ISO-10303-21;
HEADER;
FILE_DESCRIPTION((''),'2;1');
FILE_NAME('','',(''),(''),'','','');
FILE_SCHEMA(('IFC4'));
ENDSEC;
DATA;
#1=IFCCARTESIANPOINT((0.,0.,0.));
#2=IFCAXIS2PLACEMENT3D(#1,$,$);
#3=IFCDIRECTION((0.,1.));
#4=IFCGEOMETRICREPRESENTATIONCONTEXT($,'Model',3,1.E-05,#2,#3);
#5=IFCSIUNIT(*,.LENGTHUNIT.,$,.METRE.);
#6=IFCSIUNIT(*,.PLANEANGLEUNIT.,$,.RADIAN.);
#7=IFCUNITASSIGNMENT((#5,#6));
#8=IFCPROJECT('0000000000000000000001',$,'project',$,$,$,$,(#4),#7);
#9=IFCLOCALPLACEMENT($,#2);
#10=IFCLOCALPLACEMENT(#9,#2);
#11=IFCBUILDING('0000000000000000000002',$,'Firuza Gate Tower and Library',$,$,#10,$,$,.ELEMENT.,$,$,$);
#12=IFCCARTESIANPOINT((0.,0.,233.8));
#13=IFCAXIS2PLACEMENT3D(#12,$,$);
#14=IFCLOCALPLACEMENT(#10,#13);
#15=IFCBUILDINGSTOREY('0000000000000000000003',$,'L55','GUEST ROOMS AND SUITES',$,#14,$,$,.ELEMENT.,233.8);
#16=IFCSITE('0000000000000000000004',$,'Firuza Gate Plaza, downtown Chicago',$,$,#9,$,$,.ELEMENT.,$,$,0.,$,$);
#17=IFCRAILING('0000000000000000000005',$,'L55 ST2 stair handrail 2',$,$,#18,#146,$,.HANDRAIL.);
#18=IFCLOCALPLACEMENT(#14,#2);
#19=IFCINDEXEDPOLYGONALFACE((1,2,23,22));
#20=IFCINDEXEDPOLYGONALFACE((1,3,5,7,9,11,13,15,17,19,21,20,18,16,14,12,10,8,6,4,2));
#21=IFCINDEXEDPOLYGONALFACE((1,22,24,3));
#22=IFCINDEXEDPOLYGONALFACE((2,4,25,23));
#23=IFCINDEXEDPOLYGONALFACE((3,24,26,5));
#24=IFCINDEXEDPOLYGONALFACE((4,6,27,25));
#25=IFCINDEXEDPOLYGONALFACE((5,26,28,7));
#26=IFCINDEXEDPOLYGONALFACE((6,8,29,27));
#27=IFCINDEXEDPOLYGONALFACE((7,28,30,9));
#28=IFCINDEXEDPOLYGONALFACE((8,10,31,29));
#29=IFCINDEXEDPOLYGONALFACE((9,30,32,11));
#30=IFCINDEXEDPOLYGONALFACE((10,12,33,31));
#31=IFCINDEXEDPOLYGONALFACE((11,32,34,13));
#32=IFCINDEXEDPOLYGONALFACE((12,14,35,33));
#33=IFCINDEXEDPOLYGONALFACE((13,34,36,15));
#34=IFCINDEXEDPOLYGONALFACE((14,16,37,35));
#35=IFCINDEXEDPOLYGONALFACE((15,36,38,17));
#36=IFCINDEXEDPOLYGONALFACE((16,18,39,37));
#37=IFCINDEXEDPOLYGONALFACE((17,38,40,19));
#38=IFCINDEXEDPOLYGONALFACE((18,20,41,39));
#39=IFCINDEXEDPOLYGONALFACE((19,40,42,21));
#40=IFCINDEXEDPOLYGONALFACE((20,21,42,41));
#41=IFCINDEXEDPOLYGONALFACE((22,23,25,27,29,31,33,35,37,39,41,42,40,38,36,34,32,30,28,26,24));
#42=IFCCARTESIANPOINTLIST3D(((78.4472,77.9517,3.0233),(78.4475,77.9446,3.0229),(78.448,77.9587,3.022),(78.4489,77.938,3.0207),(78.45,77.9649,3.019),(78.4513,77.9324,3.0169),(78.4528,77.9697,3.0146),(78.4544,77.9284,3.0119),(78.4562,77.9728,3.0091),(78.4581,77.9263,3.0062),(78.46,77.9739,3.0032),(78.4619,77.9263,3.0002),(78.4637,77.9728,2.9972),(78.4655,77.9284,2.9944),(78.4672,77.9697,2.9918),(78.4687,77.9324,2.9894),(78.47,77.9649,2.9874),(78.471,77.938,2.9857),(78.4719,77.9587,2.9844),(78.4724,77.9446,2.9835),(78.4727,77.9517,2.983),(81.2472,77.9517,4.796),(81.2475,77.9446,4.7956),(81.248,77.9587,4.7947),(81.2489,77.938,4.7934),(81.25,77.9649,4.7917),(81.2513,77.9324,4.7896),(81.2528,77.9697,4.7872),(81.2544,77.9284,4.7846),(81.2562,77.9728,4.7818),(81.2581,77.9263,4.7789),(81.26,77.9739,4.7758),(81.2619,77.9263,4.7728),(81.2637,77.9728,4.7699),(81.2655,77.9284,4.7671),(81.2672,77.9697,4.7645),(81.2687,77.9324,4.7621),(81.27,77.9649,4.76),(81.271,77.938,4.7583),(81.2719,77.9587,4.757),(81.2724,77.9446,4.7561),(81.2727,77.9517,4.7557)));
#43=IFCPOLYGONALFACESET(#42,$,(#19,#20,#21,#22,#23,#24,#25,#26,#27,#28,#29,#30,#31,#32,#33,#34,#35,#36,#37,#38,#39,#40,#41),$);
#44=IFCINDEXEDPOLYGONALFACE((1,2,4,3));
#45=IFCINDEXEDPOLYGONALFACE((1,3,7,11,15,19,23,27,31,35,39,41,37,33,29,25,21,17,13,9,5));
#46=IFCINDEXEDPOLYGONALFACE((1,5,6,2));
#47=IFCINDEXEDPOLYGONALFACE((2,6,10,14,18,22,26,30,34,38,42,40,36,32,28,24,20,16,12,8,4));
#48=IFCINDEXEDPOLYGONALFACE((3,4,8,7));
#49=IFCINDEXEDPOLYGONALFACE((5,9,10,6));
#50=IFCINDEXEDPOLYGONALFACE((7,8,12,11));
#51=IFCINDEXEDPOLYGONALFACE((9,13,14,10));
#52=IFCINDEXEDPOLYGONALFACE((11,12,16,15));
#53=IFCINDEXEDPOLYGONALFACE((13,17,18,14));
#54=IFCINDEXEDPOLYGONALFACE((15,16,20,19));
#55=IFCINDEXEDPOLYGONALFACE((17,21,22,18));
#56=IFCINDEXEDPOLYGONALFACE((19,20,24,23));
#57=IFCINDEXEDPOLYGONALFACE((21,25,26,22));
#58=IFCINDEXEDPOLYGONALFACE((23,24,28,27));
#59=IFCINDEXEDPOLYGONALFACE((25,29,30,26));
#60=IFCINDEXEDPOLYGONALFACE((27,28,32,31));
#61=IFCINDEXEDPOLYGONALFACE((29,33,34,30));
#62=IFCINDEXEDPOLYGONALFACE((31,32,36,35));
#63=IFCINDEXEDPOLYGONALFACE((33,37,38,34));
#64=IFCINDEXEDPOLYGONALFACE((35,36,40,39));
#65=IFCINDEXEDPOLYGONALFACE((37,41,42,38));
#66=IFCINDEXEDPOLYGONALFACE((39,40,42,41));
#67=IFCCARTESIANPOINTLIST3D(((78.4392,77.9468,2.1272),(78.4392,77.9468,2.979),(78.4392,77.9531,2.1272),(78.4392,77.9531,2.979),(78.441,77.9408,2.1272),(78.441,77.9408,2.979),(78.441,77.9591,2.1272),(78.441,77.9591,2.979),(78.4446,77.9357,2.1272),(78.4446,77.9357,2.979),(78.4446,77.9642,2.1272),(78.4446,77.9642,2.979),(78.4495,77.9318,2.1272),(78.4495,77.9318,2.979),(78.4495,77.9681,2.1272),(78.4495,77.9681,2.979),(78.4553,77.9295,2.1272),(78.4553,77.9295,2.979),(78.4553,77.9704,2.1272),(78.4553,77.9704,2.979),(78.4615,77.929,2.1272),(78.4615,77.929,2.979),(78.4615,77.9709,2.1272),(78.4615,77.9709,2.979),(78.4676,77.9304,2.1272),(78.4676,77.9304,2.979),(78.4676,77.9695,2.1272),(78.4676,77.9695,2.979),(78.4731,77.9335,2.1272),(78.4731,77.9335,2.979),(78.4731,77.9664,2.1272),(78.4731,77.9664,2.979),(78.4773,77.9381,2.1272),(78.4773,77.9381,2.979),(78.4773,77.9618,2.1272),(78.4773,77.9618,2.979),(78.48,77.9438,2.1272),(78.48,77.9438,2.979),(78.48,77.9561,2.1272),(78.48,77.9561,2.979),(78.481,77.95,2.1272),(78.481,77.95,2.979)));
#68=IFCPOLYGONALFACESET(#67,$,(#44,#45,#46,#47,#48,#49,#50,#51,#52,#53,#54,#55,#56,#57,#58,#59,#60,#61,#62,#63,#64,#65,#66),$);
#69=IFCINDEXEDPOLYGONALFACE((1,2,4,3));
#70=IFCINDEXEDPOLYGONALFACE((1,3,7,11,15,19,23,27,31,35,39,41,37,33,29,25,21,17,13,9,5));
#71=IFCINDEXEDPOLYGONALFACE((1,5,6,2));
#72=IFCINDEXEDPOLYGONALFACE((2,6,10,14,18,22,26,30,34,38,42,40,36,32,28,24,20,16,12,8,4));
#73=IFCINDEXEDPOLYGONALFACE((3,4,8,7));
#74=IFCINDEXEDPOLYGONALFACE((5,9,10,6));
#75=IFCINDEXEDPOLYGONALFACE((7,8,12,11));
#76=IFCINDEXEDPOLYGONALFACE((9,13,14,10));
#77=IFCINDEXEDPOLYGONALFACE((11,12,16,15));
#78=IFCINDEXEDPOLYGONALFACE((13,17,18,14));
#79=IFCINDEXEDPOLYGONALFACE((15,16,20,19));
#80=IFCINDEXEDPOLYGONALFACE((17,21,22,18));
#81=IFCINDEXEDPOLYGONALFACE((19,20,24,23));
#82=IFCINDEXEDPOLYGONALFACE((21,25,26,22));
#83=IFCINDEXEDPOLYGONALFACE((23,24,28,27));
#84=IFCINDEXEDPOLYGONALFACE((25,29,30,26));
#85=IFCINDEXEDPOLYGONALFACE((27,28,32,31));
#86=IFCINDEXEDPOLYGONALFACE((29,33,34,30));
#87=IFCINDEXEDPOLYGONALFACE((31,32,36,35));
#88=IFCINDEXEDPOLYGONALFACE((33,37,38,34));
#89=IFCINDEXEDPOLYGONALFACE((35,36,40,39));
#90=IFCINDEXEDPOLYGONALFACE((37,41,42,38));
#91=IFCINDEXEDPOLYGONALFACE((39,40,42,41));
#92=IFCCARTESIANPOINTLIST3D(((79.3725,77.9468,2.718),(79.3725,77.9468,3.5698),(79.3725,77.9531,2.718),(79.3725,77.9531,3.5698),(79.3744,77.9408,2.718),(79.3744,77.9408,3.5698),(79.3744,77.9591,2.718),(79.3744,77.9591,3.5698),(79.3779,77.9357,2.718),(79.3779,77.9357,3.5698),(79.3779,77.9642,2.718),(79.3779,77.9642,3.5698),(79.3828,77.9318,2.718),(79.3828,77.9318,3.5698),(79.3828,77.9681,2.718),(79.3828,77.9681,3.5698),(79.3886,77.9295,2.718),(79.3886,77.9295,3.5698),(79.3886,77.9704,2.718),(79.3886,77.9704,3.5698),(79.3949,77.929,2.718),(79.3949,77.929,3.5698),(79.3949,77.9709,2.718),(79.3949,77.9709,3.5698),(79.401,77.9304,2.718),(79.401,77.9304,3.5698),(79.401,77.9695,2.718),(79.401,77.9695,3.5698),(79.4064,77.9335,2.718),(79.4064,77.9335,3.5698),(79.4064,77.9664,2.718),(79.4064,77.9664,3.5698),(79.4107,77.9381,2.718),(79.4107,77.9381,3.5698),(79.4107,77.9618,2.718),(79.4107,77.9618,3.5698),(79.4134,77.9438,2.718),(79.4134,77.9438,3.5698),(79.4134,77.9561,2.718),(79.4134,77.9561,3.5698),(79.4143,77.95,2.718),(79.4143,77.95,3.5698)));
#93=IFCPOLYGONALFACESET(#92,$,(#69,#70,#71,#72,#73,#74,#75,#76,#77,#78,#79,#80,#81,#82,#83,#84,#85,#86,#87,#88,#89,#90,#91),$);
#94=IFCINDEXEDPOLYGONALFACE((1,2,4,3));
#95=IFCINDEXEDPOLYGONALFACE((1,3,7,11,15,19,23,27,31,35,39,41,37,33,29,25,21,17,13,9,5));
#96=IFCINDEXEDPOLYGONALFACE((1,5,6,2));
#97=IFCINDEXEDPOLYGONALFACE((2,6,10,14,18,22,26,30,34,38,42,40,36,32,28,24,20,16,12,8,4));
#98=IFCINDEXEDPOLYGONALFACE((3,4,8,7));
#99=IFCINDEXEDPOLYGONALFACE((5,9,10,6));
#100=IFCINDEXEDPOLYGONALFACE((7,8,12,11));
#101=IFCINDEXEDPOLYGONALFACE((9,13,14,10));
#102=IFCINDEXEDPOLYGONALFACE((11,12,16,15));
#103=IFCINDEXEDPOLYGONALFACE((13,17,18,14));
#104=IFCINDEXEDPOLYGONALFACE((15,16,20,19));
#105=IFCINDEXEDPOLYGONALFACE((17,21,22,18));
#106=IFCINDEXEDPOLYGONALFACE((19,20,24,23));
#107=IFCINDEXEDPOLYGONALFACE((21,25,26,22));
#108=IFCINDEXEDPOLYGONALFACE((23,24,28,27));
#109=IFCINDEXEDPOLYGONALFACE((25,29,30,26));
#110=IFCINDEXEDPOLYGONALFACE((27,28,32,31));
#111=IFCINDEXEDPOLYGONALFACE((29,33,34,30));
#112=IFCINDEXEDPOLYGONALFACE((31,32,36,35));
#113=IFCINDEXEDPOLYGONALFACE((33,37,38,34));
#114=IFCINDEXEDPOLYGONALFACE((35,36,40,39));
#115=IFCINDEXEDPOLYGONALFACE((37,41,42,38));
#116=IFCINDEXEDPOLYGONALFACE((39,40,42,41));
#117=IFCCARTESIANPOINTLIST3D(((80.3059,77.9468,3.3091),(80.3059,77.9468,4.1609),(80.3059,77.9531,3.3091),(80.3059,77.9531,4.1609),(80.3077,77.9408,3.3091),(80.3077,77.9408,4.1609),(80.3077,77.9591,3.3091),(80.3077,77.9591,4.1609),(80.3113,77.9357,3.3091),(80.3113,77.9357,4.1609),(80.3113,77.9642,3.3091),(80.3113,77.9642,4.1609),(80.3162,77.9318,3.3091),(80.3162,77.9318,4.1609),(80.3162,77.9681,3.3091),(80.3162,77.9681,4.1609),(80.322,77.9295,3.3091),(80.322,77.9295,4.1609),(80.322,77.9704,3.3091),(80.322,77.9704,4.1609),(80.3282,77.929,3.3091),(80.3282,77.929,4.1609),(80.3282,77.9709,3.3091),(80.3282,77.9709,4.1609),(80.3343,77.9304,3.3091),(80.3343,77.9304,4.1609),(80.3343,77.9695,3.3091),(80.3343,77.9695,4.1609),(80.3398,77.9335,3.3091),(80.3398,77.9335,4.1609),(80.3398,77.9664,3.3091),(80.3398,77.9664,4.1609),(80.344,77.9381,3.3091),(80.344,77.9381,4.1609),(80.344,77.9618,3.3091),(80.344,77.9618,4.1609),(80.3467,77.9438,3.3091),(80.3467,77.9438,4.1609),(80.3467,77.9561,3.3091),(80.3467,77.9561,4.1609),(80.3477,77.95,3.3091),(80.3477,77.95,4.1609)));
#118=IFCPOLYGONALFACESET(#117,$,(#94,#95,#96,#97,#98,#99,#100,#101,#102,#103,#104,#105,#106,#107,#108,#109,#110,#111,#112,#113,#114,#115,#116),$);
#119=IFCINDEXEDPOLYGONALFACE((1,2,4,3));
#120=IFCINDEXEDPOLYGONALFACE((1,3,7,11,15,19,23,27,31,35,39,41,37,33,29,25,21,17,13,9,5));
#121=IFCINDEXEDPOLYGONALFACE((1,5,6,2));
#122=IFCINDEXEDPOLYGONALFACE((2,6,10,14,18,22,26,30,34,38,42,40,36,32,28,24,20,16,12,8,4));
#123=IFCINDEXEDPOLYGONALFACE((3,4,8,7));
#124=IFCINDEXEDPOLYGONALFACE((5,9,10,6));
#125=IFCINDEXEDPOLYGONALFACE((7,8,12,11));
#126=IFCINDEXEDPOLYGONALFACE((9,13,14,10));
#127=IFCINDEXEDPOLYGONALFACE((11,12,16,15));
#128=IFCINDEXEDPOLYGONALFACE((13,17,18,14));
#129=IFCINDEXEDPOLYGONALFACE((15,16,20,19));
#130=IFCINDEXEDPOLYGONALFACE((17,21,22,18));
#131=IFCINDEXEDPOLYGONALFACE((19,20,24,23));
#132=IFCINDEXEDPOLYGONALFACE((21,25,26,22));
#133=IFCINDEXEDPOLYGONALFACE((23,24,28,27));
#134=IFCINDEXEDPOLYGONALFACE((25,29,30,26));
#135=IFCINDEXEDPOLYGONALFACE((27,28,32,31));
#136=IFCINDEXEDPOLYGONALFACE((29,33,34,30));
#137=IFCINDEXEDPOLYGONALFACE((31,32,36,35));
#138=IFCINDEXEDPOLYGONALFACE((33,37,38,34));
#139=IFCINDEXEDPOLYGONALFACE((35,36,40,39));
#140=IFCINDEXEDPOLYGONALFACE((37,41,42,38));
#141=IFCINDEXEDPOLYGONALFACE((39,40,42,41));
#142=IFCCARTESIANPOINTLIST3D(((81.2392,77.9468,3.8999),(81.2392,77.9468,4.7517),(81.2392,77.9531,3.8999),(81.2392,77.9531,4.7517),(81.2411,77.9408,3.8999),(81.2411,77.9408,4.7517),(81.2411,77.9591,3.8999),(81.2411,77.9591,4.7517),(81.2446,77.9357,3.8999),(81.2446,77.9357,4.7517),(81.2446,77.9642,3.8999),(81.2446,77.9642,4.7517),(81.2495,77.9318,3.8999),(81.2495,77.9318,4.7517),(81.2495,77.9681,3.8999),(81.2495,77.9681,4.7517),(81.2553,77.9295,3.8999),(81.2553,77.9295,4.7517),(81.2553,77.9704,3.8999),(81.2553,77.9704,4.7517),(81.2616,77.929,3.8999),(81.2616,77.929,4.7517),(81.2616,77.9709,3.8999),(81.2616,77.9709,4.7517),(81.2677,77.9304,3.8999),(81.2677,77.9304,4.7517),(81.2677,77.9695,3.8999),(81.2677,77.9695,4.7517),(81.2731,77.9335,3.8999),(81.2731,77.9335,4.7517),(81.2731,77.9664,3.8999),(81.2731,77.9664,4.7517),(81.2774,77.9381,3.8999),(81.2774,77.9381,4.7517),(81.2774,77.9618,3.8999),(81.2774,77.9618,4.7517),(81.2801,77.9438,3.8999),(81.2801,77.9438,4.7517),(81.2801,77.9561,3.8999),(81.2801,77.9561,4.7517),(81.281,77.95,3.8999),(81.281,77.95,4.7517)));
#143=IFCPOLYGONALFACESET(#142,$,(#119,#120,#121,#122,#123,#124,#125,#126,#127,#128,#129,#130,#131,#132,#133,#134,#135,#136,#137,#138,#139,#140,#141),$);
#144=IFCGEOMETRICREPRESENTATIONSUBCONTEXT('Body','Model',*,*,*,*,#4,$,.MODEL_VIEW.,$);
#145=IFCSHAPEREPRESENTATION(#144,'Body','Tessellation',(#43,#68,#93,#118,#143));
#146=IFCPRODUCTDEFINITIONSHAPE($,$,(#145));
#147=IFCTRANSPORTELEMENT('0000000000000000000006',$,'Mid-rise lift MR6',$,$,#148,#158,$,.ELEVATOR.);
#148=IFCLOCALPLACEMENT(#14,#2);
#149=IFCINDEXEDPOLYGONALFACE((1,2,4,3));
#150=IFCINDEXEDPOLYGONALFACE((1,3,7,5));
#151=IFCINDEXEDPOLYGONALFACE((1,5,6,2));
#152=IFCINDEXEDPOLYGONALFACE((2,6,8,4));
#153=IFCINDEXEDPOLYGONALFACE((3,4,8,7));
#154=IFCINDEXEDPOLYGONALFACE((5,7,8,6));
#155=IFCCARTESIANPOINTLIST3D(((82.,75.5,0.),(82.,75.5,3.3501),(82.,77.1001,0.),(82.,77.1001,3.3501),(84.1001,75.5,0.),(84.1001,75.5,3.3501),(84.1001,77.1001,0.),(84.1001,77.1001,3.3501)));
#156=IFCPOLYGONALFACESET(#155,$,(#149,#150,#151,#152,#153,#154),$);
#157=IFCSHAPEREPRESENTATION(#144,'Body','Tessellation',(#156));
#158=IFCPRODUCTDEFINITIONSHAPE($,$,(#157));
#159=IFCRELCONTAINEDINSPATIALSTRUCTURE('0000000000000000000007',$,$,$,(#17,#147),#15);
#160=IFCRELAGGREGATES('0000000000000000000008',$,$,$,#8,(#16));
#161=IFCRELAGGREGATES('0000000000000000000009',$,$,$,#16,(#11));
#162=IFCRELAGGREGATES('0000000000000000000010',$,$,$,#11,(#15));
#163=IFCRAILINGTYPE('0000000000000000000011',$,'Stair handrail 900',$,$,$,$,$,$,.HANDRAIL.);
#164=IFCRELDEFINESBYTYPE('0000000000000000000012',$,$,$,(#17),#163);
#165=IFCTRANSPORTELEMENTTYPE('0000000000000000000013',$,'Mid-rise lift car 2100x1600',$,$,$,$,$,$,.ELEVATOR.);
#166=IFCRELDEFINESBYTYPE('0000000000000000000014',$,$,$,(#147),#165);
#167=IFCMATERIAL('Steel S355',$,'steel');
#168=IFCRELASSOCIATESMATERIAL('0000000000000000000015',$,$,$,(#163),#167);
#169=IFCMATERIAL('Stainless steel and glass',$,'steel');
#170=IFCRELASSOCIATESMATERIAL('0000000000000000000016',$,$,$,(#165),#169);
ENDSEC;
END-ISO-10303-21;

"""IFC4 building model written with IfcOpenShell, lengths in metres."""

from ifc_helpers import new_model, si_unit, direction, frame, origin, origin_2d, place, context, subcontext, project, spatial, rectangle, circle, extrude, material, type_object, element, save


model = new_model("IFC4")

# Units and contexts
model_context = context("Model", 3, precision=1e-05, world=origin(), true_north=direction((0.0, 1.0)))
body_context = subcontext(model_context, "Body", "Model", "MODEL_VIEW")
ifc_project = project(units=[si_unit("LENGTHUNIT", "METRE"), si_unit("PLANEANGLEUNIT", "RADIAN")], contexts=[model_context])

# Site, building, storey
site_placement = place(None, origin())
site = spatial("IfcSite", under=ifc_project, at=site_placement, Name="Firuza Gate Plaza, downtown Chicago", CompositionType="ELEMENT", RefElevation=0.0)
building_placement = place(site_placement, origin())
building = spatial("IfcBuilding", under=site, at=building_placement, Name="Firuza Gate Tower and Library", CompositionType="ELEMENT")
storey_placement = place(building_placement, frame((0.0, 0.0, 233.8)))
storey = spatial("IfcBuildingStorey", under=building, at=storey_placement, Name="L55", Description="GUEST ROOMS AND SUITES", CompositionType="ELEMENT", Elevation=233.8)

# Railing
ifc_material_1 = material(Name="Steel S355", Category="steel")
railing_type_1 = type_object("IfcRailingType", Name="Stair handrail 900", PredefinedType="HANDRAIL", material=ifc_material_1)
railing_1_placement = place(storey_placement, frame((78.46, 77.95, 2.1272)))
element("IfcRailing", 1, at=railing_1_placement, inside=storey, type_object=railing_type_1, Name="L55 ST2 stair handrail 2", PredefinedType="HANDRAIL", context=body_context, shape_type="SweptSolid", body=[
    extrude(circle(Radius=0.0239, at=origin_2d()), frame((0.0, 0.0, 0.876), z_axis=(0.844909, 0.0, 0.53491), x_axis=(0.0, 1.0, 0.0)), (0.0, 0.0, 1.0), 3.314),
    extrude(circle(Radius=0.021, at=origin_2d()), origin(), (0.0, 0.0, 1.0), 0.8518),
    extrude(circle(Radius=0.021, at=origin_2d()), frame((0.9333, 0.0, 0.5908)), (0.0, 0.0, 1.0), 0.8518),
    extrude(circle(Radius=0.021, at=origin_2d()), frame((1.8667, 0.0, 1.1819)), (0.0, 0.0, 1.0), 0.8518),
    extrude(circle(Radius=0.021, at=origin_2d()), frame((2.8, 0.0, 1.7727)), (0.0, 0.0, 1.0), 0.8518),
])

# Transport element
ifc_material_2 = material(Name="Stainless steel and glass", Category="steel")
transport_element_type = type_object("IfcTransportElementType", Name="Mid-rise lift car 2100x1600", PredefinedType="ELEVATOR", material=ifc_material_2)
transport_element_placement = place(storey_placement, frame((83.05, 76.3, 0.0), z_axis=(0.0, 0.0, 1.0), x_axis=(1.0, 0.0, 0.0)))
element("IfcTransportElement", 2, at=transport_element_placement, inside=storey, type_object=transport_element_type, Name="Mid-rise lift MR6", PredefinedType="ELEVATOR", context=body_context, shape_type="SweptSolid", body=[
    extrude(rectangle(XDim=2.1001, YDim=1.6001, at=origin_2d()), origin(), (0.0, 0.0, 1.0), 3.3501),
])

save(model, "model.ifc")
